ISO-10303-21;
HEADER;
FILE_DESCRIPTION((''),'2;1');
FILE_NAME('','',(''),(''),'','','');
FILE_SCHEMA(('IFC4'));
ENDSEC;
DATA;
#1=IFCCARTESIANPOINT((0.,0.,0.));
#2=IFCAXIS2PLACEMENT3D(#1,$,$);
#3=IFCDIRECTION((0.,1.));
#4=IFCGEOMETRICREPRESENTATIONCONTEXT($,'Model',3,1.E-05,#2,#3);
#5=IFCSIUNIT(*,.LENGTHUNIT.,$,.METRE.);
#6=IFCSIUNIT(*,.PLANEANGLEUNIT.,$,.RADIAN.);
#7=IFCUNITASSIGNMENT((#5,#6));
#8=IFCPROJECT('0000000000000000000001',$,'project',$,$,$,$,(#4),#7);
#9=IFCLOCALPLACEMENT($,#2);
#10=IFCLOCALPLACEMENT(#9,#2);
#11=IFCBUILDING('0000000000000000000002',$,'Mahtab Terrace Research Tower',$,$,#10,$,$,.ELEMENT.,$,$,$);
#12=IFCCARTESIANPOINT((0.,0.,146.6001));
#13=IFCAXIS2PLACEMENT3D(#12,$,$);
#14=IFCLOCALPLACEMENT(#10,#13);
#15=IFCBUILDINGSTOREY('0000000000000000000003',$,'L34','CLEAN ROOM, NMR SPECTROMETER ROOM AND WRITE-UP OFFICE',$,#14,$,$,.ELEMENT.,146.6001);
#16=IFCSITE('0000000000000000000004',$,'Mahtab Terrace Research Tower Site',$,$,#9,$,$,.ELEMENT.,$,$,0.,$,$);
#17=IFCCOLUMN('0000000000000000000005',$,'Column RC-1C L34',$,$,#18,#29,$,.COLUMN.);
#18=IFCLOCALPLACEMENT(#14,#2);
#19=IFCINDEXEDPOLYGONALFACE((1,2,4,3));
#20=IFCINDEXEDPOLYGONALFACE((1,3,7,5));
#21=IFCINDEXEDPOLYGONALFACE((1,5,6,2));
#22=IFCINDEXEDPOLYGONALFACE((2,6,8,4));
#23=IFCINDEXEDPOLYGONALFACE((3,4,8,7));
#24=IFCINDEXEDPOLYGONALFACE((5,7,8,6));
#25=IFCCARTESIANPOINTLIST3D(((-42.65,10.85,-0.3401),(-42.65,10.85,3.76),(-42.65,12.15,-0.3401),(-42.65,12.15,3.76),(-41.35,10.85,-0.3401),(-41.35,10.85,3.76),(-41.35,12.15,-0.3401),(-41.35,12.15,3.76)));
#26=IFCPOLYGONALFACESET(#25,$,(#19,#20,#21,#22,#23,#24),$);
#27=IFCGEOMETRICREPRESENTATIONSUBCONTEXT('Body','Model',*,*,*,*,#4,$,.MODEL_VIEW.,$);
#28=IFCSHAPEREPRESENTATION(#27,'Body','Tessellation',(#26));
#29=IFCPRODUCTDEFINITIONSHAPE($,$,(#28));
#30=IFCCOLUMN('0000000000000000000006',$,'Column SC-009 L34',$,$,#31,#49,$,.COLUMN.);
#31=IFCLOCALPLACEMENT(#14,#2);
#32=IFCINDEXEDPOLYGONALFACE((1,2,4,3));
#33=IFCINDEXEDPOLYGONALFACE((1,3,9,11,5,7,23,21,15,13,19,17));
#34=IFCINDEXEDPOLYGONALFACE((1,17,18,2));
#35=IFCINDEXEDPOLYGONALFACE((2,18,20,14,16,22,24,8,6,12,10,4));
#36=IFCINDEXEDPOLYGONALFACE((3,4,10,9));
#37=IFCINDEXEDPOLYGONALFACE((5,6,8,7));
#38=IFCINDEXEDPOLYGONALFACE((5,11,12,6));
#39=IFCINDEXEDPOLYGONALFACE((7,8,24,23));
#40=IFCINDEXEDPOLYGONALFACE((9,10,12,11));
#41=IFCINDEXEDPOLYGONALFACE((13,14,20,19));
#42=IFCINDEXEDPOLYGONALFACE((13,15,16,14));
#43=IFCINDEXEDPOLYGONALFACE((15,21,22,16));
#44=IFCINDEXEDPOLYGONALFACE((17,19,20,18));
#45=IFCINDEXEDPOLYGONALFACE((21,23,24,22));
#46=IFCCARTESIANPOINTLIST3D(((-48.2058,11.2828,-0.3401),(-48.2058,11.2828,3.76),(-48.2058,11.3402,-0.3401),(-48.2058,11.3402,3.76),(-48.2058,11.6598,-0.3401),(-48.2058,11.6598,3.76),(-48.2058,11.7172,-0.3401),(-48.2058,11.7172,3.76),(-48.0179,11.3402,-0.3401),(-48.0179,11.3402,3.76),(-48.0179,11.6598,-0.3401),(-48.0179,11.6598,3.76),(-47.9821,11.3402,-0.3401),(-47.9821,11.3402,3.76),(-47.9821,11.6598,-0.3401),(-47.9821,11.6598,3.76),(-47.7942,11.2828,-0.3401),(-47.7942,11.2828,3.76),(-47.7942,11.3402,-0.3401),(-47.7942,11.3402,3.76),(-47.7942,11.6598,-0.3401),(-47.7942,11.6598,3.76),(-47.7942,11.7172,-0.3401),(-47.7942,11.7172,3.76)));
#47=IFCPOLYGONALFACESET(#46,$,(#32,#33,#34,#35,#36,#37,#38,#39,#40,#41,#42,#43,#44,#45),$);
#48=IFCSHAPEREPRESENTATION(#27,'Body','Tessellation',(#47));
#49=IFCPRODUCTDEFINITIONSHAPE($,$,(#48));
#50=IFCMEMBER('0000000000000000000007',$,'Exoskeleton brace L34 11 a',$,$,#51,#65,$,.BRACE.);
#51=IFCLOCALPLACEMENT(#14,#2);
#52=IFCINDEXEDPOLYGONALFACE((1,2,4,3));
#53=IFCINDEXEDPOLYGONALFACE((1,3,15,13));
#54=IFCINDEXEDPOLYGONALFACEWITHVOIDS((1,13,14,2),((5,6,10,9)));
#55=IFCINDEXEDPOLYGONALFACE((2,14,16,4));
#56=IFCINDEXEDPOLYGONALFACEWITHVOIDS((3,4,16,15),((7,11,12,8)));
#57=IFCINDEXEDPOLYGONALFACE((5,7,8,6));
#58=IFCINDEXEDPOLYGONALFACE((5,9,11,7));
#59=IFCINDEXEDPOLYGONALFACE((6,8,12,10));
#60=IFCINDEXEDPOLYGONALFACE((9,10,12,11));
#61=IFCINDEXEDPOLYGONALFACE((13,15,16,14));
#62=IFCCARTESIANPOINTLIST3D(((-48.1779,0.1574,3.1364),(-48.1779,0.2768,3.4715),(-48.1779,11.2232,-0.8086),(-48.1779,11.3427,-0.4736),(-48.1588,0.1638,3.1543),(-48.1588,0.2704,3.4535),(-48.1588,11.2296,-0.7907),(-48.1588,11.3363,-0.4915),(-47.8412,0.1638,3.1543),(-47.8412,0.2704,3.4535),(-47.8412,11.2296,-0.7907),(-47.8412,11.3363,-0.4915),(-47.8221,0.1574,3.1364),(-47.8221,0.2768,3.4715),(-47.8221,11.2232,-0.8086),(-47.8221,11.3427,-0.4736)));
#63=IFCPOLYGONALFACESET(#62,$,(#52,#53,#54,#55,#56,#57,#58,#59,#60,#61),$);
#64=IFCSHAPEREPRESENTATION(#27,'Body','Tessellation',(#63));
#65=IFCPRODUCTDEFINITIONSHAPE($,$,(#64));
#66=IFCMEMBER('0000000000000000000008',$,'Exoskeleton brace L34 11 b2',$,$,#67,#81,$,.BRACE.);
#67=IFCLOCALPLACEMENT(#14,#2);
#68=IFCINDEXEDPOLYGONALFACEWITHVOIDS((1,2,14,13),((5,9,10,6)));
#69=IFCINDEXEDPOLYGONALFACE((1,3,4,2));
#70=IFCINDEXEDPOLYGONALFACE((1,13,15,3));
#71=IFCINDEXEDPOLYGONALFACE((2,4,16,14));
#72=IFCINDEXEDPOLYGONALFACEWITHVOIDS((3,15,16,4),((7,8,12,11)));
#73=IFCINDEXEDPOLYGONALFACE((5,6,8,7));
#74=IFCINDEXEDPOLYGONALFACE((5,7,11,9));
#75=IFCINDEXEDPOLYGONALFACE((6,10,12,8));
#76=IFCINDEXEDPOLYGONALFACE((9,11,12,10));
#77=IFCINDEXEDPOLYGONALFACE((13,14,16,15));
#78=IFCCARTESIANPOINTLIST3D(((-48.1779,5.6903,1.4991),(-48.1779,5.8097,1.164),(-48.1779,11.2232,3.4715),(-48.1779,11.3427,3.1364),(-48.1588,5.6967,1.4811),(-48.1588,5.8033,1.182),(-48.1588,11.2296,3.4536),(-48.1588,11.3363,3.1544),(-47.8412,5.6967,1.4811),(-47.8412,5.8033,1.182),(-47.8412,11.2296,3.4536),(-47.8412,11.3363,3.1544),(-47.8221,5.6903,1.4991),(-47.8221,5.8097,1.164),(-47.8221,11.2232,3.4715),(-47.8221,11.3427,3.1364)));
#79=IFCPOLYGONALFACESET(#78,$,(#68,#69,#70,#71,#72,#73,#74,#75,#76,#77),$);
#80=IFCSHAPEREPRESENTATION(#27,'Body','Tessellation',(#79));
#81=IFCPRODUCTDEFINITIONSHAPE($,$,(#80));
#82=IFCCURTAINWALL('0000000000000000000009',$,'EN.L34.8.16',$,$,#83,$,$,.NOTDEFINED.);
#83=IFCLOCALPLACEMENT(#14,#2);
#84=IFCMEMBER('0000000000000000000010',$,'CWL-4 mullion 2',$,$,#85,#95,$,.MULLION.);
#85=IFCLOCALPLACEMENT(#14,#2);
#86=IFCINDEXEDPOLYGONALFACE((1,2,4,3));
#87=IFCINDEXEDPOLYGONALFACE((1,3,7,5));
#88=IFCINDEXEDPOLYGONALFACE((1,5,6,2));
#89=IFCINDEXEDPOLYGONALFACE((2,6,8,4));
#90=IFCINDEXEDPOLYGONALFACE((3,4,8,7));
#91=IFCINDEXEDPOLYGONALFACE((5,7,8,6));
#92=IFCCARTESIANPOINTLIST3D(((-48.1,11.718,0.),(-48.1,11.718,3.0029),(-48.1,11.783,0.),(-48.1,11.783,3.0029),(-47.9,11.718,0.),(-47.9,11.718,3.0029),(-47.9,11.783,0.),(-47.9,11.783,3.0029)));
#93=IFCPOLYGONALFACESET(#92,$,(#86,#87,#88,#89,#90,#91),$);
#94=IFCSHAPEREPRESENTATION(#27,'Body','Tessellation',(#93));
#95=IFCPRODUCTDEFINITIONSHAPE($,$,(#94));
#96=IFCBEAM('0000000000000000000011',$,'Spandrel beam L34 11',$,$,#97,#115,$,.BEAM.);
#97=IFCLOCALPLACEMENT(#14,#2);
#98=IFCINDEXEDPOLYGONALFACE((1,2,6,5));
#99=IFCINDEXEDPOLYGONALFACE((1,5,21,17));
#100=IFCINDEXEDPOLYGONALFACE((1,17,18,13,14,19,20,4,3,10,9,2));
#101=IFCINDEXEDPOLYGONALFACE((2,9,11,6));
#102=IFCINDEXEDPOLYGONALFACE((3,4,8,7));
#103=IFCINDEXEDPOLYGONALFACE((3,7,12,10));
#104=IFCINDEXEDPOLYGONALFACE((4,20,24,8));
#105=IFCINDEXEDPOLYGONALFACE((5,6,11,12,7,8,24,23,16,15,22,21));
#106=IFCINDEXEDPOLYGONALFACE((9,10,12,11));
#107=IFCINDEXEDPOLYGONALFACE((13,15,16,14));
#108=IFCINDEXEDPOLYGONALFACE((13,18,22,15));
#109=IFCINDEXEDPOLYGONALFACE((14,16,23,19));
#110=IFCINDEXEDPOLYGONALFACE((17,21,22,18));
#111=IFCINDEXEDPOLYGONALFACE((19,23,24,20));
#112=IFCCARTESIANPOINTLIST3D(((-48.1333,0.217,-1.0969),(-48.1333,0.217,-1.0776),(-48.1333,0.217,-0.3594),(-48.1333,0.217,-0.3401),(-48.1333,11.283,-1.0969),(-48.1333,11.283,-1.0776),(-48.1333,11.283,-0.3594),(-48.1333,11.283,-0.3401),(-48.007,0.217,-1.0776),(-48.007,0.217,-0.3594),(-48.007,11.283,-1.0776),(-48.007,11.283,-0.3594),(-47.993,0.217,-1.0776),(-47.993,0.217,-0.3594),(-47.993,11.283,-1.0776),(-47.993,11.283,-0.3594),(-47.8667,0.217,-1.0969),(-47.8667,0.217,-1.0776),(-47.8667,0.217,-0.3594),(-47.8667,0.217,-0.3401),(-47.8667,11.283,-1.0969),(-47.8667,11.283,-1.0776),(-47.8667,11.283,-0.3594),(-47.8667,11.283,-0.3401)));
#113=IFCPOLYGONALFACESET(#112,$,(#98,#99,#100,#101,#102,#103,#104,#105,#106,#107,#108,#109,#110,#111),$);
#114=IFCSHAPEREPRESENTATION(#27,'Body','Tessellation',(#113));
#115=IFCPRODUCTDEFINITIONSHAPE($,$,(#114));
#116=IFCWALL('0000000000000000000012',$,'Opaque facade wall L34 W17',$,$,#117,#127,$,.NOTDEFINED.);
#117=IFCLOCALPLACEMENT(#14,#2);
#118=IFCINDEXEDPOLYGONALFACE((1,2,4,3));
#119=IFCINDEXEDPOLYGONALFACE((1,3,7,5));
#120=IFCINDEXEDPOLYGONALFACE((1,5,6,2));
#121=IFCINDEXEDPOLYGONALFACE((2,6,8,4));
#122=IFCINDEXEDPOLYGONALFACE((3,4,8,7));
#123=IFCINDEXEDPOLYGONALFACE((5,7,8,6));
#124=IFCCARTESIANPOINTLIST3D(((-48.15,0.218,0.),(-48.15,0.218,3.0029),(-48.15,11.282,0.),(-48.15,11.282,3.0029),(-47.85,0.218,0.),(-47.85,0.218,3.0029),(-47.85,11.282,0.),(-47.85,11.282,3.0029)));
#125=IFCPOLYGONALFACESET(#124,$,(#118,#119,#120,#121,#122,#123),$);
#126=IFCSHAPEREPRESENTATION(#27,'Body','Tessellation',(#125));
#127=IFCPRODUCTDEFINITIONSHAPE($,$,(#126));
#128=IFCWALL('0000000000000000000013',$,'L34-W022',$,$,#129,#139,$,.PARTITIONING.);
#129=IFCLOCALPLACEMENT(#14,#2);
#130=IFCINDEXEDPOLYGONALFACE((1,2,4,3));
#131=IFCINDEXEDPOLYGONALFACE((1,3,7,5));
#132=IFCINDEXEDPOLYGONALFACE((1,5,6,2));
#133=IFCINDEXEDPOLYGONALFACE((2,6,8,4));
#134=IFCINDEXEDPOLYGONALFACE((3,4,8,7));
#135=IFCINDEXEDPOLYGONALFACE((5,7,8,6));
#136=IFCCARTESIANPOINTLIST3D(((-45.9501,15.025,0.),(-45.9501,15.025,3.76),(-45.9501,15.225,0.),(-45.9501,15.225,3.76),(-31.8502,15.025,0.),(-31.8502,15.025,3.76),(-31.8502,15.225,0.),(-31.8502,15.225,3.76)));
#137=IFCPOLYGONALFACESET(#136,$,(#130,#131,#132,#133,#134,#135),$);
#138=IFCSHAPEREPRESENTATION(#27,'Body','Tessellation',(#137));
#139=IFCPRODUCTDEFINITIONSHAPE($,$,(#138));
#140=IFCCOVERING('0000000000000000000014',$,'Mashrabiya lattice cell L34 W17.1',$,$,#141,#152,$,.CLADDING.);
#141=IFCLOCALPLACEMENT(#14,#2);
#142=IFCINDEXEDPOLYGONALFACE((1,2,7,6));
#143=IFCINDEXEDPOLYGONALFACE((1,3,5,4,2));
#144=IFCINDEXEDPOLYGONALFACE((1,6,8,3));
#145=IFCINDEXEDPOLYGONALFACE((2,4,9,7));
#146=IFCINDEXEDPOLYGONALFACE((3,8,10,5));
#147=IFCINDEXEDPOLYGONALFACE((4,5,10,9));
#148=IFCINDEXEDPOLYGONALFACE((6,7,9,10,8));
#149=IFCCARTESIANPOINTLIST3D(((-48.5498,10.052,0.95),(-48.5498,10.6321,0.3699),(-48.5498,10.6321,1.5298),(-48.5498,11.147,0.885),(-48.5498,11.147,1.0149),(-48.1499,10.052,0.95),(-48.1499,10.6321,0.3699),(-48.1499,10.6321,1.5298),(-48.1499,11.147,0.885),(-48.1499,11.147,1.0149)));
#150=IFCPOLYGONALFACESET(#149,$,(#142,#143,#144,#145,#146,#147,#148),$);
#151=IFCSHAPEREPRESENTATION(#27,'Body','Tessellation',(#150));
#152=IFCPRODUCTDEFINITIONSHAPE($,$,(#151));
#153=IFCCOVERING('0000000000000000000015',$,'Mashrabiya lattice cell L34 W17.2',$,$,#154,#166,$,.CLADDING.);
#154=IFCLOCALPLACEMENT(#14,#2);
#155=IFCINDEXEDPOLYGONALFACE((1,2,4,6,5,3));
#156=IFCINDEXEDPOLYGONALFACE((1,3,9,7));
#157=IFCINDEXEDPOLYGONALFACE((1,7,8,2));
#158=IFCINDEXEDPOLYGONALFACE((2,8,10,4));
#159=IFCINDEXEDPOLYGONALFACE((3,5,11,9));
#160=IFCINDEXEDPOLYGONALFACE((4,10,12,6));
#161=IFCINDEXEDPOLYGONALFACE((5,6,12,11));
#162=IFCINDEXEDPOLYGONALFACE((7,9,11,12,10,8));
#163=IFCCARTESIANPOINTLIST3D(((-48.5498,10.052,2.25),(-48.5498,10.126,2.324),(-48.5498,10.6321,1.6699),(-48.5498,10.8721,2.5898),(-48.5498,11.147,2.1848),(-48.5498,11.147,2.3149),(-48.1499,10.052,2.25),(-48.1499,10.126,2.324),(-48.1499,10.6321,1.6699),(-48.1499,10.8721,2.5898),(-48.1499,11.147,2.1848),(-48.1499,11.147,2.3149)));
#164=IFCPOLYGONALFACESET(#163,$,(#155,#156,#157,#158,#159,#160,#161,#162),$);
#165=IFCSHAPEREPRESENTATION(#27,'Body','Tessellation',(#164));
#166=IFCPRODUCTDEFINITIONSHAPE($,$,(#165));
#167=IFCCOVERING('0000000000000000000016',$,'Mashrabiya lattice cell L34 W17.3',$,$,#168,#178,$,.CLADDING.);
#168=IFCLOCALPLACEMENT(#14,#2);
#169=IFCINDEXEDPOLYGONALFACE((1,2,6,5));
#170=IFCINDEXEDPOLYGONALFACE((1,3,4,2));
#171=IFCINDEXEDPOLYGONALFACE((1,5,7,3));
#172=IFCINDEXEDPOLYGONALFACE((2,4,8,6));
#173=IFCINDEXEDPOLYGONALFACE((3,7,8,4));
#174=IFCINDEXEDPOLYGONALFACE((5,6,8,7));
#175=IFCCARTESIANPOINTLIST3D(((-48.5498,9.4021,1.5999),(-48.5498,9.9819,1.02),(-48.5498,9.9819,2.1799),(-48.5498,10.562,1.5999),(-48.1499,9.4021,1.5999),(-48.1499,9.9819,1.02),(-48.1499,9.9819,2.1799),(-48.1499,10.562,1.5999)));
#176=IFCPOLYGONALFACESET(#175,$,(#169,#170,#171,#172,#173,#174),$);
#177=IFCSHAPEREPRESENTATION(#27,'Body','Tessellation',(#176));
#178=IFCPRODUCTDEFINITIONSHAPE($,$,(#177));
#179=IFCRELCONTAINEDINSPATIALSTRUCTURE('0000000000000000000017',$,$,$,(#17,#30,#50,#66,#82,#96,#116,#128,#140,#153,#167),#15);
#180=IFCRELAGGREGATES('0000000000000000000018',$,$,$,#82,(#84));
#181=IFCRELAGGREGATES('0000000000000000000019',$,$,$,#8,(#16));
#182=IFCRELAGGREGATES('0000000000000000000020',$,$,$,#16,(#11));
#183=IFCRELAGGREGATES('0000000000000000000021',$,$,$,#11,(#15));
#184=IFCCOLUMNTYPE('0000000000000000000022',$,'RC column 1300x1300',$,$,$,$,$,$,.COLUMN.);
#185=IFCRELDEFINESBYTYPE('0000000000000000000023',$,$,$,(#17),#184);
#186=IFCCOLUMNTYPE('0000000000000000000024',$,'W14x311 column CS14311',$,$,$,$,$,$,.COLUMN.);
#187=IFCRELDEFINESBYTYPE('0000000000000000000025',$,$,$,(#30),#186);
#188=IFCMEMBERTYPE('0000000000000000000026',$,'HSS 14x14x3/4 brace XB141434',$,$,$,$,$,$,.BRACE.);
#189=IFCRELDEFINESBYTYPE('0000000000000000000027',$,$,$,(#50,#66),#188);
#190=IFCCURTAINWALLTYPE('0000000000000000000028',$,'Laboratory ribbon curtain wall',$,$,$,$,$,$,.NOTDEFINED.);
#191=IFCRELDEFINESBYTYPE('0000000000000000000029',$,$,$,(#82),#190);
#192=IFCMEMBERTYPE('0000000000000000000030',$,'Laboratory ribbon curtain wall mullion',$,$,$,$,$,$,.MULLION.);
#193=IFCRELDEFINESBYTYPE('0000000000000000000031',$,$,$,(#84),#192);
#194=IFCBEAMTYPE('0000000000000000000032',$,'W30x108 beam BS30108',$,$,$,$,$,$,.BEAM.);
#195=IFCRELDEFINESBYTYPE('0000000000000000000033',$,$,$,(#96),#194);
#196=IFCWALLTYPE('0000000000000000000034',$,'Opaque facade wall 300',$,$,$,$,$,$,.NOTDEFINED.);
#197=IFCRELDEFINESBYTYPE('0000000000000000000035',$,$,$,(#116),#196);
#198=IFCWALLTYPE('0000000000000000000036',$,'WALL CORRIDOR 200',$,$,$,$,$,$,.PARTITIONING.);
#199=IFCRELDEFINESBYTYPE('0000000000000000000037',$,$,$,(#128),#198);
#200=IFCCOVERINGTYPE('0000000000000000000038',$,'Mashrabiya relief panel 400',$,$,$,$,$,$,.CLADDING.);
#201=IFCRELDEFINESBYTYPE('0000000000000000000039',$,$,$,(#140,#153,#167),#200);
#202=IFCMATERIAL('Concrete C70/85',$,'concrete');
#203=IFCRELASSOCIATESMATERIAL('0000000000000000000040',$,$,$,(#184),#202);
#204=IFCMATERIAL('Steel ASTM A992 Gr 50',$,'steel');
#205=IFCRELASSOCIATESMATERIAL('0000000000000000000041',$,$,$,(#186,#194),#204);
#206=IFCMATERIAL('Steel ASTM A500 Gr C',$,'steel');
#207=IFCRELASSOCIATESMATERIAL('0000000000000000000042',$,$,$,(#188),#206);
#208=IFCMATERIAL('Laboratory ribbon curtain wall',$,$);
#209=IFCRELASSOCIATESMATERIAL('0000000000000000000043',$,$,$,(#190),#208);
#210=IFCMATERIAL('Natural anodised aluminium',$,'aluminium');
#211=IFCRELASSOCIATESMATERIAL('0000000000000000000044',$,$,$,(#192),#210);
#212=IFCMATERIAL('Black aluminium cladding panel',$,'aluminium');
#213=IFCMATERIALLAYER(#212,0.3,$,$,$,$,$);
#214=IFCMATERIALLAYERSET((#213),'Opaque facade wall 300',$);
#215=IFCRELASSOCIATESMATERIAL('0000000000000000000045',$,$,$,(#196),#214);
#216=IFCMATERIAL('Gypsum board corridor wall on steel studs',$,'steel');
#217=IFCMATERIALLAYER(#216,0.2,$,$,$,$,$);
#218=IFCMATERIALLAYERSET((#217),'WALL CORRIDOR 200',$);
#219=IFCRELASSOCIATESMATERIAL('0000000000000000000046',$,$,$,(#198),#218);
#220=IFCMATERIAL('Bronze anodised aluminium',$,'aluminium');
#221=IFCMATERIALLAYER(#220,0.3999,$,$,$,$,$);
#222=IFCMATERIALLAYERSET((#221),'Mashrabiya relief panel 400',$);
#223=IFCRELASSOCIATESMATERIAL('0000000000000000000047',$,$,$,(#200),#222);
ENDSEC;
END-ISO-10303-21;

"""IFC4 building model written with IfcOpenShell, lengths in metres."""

from ifc_helpers import new_model, si_unit, direction, frame, frame_2d, origin, origin_2d, place, context, subcontext, project, spatial, polyline, rectangle, hollow_rectangle, i_section, outline, extrude, material, layer, layer_set, material_profile, profile_set, type_object, element, aggregate, save


model = new_model("IFC4")

# Units and contexts
model_context = context("Model", 3, precision=1e-05, world=origin(), true_north=direction((0.0, 1.0)))
body_context = subcontext(model_context, "Body", "Model", "MODEL_VIEW")
ifc_project = project(units=[si_unit("LENGTHUNIT", "METRE"), si_unit("PLANEANGLEUNIT", "RADIAN")], contexts=[model_context])

# Site, building, storey
site_placement = place(None, origin())
site = spatial("IfcSite", under=ifc_project, at=site_placement, Name="Mahtab Terrace Research Tower Site", CompositionType="ELEMENT", RefElevation=0.0)
building_placement = place(site_placement, origin())
building = spatial("IfcBuilding", under=site, at=building_placement, Name="Mahtab Terrace Research Tower", CompositionType="ELEMENT")
storey_placement = place(building_placement, frame((0.0, 0.0, 146.6001)))
storey = spatial("IfcBuildingStorey", under=building, at=storey_placement, Name="L34", Description="CLEAN ROOM, NMR SPECTROMETER ROOM AND WRITE-UP OFFICE", CompositionType="ELEMENT", Elevation=146.6001)

# Columns
ifc_material_1 = material(Name="Concrete C70/85", Category="concrete")
ifc_material_profile_1 = material_profile(ifc_material_1, rectangle(XDim=1.3, YDim=1.3, at=origin_2d()), Name="RC column 1300x1300")
ifc_profile_set_1 = profile_set([ifc_material_profile_1], Name="Concrete C70/85")
column_type_1 = type_object("IfcColumnType", Name="RC column 1300x1300", PredefinedType="COLUMN", material=ifc_profile_set_1)
column_1_placement = place(storey_placement, frame((-42.0, 11.5, -0.3401), z_axis=(0.0, 0.0, 1.0), x_axis=(1.0, 0.0, 0.0)))
element("IfcColumn", 1, at=column_1_placement, inside=storey, type_object=column_type_1, Name="Column RC-1C L34", PredefinedType="COLUMN", context=body_context, shape_type="SweptSolid", body=[
    extrude(rectangle(XDim=1.3, YDim=1.3, at=origin_2d()), origin(), (0.0, 0.0, 1.0), 4.1001),
])
ifc_material_2 = material(Name="Steel ASTM A992 Gr 50", Category="steel")
ifc_material_profile_2 = material_profile(ifc_material_2, i_section(OverallWidth=0.4116, OverallDepth=0.4343, WebThickness=0.0359, FlangeThickness=0.0574, at=origin_2d()), Name="W14X311")
ifc_profile_set_2 = profile_set([ifc_material_profile_2], Name="Steel ASTM A992 Gr 50")
column_type_2 = type_object("IfcColumnType", Name="W14x311 column CS14311", PredefinedType="COLUMN", material=ifc_profile_set_2)
column_2_placement = place(storey_placement, frame((-48.0, 11.5, -0.3401), z_axis=(0.0, 0.0, 1.0), x_axis=(1.0, 0.0, 0.0)))
element("IfcColumn", 2, at=column_2_placement, inside=storey, type_object=column_type_2, Name="Column SC-009 L34", PredefinedType="COLUMN", context=body_context, shape_type="SweptSolid", body=[
    extrude(i_section(OverallWidth=0.4116, OverallDepth=0.4343, WebThickness=0.0359, FlangeThickness=0.0574, at=origin_2d()), origin(), (0.0, 0.0, 1.0), 4.1001),
])

# Members
ifc_material_3 = material(Name="Steel ASTM A500 Gr C", Category="steel")
ifc_material_profile_3 = material_profile(ifc_material_3, hollow_rectangle(XDim=0.3557, YDim=0.3557, WallThickness=0.019, at=origin_2d()), Name="HSS14X14X3/4")
ifc_profile_set_3 = profile_set([ifc_material_profile_3], Name="Steel ASTM A500 Gr C")
member_type_1 = type_object("IfcMemberType", Name="HSS 14x14x3/4 brace XB141434", PredefinedType="BRACE", material=ifc_profile_set_3)
member_1_placement = place(storey_placement, frame((-48.0, 11.283, -0.6411), z_axis=(0.0, -0.941932, 0.335804), x_axis=(1.0, 0.0, 0.0)))
element("IfcMember", 3, at=member_1_placement, inside=storey, type_object=member_type_1, Name="Exoskeleton brace L34 11 a", PredefinedType="BRACE", context=body_context, shape_type="SweptSolid", body=[
    extrude(hollow_rectangle(XDim=0.3557, YDim=0.3557, WallThickness=0.019, at=origin_2d()), origin(), (0.0, 0.0, 1.0), 11.748),
])
member_2_placement = place(storey_placement, frame((-48.0, 5.75, 1.3315), z_axis=(0.0, 0.941938, 0.335786), x_axis=(-1.0, 0.0, 0.0)))
element("IfcMember", 4, at=member_2_placement, inside=storey, type_object=member_type_1, Name="Exoskeleton brace L34 11 b2", PredefinedType="BRACE", context=body_context, shape_type="SweptSolid", body=[
    extrude(hollow_rectangle(XDim=0.3557, YDim=0.3557, WallThickness=0.019, at=origin_2d()), origin(), (0.0, 0.0, 1.0), 5.874),
])

# Curtain wall, member
ifc_material_4 = material(Name="Laboratory ribbon curtain wall")
curtain_wall_type = type_object("IfcCurtainWallType", Name="Laboratory ribbon curtain wall", PredefinedType="NOTDEFINED", material=ifc_material_4)
curtain_wall_placement = place(storey_placement, origin())
curtain_wall = element("IfcCurtainWall", 5, at=curtain_wall_placement, inside=storey, type_object=curtain_wall_type, Name="EN.L34.8.16", PredefinedType="NOTDEFINED")
ifc_material_5 = material(Name="Natural anodised aluminium", Category="aluminium")
ifc_material_profile_4 = material_profile(ifc_material_5, rectangle(XDim=0.2, YDim=0.0649, at=origin_2d()), Name="MULLION 65x200")
ifc_profile_set_4 = profile_set([ifc_material_profile_4], Name="Natural anodised aluminium")
member_type_2 = type_object("IfcMemberType", Name="Laboratory ribbon curtain wall mullion", PredefinedType="MULLION", material=ifc_profile_set_4)
member_3_placement = place(storey_placement, frame((-48.0, 11.7505, 0.0), z_axis=(0.0, 0.0, 1.0), x_axis=(1.0, 0.0, 0.0)))
member_3 = element("IfcMember", 6, at=member_3_placement, type_object=member_type_2, Name="CWL-4 mullion 2", PredefinedType="MULLION", context=body_context, shape_type="SweptSolid", body=[
    extrude(rectangle(XDim=0.2, YDim=0.0649, at=origin_2d()), origin(), (0.0, 0.0, 1.0), 3.0029),
])
aggregate(curtain_wall, [member_3])

# Beam
ifc_material_profile_5 = material_profile(ifc_material_2, i_section(OverallWidth=0.2666, OverallDepth=0.7568, WebThickness=0.0139, FlangeThickness=0.0193, at=origin_2d()), Name="W30X108")
ifc_profile_set_5 = profile_set([ifc_material_profile_5], Name="Steel ASTM A992 Gr 50")
beam_type = type_object("IfcBeamType", Name="W30x108 beam BS30108", PredefinedType="BEAM", material=ifc_profile_set_5)
beam_placement = place(storey_placement, frame((-48.0, 11.283, -0.7185), z_axis=(0.0, -1.0, 0.0), x_axis=(1.0, 0.0, 0.0)))
element("IfcBeam", 7, at=beam_placement, inside=storey, type_object=beam_type, Name="Spandrel beam L34 11", PredefinedType="BEAM", context=body_context, shape_type="SweptSolid", body=[
    extrude(i_section(OverallWidth=0.2666, OverallDepth=0.7568, WebThickness=0.0139, FlangeThickness=0.0193, at=origin_2d()), origin(), (0.0, 0.0, 1.0), 11.0659),
])

# Walls
ifc_material_6 = material(Name="Black aluminium cladding panel", Category="aluminium")
ifc_layer_1 = layer(ifc_material_6, 0.3)
ifc_layer_set_1 = layer_set([ifc_layer_1], Name="Opaque facade wall 300")
wall_type_1 = type_object("IfcWallType", Name="Opaque facade wall 300", PredefinedType="NOTDEFINED", material=ifc_layer_set_1)
wall_1_placement = place(storey_placement, frame((-48.0, 11.282, 0.0), z_axis=(0.0, 0.0, 1.0), x_axis=(0.0, -1.0, 0.0)))
element("IfcWall", 8, at=wall_1_placement, inside=storey, type_object=wall_type_1, Name="Opaque facade wall L34 W17", PredefinedType="NOTDEFINED", context=body_context, shape_type="SweptSolid", body=[
    extrude(rectangle(XDim=11.064, YDim=0.3, at=frame_2d((5.532, 0.0))), origin(), (0.0, 0.0, 1.0), 3.0029),
])
ifc_material_7 = material(Name="Gypsum board corridor wall on steel studs", Category="steel")
ifc_layer_2 = layer(ifc_material_7, 0.2)
ifc_layer_set_2 = layer_set([ifc_layer_2], Name="WALL CORRIDOR 200")
wall_type_2 = type_object("IfcWallType", Name="WALL CORRIDOR 200", PredefinedType="PARTITIONING", material=ifc_layer_set_2)
wall_2_placement = place(storey_placement, frame((-45.95, 15.125, 0.0), z_axis=(0.0, 0.0, 1.0), x_axis=(1.0, 0.0, 0.0)))
element("IfcWall", 9, at=wall_2_placement, inside=storey, type_object=wall_type_2, Name="L34-W022", PredefinedType="PARTITIONING", context=body_context, shape_type="SweptSolid", body=[
    extrude(rectangle(XDim=14.0999, YDim=0.2, at=frame_2d((7.0498, 0.0))), origin(), (0.0, 0.0, 1.0), 3.76),
])

# Coverings
ifc_material_8 = material(Name="Bronze anodised aluminium", Category="aluminium")
ifc_layer_3 = layer(ifc_material_8, 0.3999)
ifc_layer_set_3 = layer_set([ifc_layer_3], Name="Mashrabiya relief panel 400")
covering_type = type_object("IfcCoveringType", Name="Mashrabiya relief panel 400", PredefinedType="CLADDING", material=ifc_layer_set_3)
covering_1_placement = place(storey_placement, frame((-48.1499, 10.6321, 1.5298), z_axis=(1.0, 0.0, 0.0), x_axis=(0.0, -0.707256, -0.706958)))
element("IfcCovering", 10, at=covering_1_placement, inside=storey, type_object=covering_type, Name="Mashrabiya lattice cell L34 W17.1", PredefinedType="CLADDING", context=body_context, shape_type="SweptSolid", body=[
    extrude(outline(polyline([(0.0, 0.0), (0.8202, 0.0), (0.82, 0.8204), (0.0917, 0.82), (-0.0002, 0.7282), (0.0, 0.0)])), origin(), (0.0, 0.0, -1.0), 0.3999),
])
covering_2_placement = place(storey_placement, frame((-48.1499, 10.052, 2.25), z_axis=(1.0, 0.0, 0.0), x_axis=(0.0, 0.707107, -0.707107)))
element("IfcCovering", 11, at=covering_2_placement, inside=storey, type_object=covering_type, Name="Mashrabiya lattice cell L34 W17.2", PredefinedType="CLADDING", context=body_context, shape_type="SweptSolid", body=[
    extrude(outline(polyline([(0.0, 0.0), (0.8204, 0.0), (0.8204, 0.7282), (0.7283, 0.8202), (0.3396, 0.8202), (0.0, 0.1046), (0.0, 0.0)])), origin(), (0.0, 0.0, -1.0), 0.3999),
])
covering_3_placement = place(storey_placement, frame((-48.1499, 9.9819, 2.1799), z_axis=(1.0, 0.0, 0.0), x_axis=(0.0, -0.706958, -0.707256)))
element("IfcCovering", 12, at=covering_3_placement, inside=storey, type_object=covering_type, Name="Mashrabiya lattice cell L34 W17.3", PredefinedType="CLADDING", context=body_context, shape_type="SweptSolid", body=[
    extrude(outline(polyline([(0.0, 0.0), (0.8202, 0.0), (0.8204, 0.82), (0.0002, 0.8204), (0.0, 0.0)])), origin(), (0.0, 0.0, -1.0), 0.3999),
])

save(model, "model.ifc")
